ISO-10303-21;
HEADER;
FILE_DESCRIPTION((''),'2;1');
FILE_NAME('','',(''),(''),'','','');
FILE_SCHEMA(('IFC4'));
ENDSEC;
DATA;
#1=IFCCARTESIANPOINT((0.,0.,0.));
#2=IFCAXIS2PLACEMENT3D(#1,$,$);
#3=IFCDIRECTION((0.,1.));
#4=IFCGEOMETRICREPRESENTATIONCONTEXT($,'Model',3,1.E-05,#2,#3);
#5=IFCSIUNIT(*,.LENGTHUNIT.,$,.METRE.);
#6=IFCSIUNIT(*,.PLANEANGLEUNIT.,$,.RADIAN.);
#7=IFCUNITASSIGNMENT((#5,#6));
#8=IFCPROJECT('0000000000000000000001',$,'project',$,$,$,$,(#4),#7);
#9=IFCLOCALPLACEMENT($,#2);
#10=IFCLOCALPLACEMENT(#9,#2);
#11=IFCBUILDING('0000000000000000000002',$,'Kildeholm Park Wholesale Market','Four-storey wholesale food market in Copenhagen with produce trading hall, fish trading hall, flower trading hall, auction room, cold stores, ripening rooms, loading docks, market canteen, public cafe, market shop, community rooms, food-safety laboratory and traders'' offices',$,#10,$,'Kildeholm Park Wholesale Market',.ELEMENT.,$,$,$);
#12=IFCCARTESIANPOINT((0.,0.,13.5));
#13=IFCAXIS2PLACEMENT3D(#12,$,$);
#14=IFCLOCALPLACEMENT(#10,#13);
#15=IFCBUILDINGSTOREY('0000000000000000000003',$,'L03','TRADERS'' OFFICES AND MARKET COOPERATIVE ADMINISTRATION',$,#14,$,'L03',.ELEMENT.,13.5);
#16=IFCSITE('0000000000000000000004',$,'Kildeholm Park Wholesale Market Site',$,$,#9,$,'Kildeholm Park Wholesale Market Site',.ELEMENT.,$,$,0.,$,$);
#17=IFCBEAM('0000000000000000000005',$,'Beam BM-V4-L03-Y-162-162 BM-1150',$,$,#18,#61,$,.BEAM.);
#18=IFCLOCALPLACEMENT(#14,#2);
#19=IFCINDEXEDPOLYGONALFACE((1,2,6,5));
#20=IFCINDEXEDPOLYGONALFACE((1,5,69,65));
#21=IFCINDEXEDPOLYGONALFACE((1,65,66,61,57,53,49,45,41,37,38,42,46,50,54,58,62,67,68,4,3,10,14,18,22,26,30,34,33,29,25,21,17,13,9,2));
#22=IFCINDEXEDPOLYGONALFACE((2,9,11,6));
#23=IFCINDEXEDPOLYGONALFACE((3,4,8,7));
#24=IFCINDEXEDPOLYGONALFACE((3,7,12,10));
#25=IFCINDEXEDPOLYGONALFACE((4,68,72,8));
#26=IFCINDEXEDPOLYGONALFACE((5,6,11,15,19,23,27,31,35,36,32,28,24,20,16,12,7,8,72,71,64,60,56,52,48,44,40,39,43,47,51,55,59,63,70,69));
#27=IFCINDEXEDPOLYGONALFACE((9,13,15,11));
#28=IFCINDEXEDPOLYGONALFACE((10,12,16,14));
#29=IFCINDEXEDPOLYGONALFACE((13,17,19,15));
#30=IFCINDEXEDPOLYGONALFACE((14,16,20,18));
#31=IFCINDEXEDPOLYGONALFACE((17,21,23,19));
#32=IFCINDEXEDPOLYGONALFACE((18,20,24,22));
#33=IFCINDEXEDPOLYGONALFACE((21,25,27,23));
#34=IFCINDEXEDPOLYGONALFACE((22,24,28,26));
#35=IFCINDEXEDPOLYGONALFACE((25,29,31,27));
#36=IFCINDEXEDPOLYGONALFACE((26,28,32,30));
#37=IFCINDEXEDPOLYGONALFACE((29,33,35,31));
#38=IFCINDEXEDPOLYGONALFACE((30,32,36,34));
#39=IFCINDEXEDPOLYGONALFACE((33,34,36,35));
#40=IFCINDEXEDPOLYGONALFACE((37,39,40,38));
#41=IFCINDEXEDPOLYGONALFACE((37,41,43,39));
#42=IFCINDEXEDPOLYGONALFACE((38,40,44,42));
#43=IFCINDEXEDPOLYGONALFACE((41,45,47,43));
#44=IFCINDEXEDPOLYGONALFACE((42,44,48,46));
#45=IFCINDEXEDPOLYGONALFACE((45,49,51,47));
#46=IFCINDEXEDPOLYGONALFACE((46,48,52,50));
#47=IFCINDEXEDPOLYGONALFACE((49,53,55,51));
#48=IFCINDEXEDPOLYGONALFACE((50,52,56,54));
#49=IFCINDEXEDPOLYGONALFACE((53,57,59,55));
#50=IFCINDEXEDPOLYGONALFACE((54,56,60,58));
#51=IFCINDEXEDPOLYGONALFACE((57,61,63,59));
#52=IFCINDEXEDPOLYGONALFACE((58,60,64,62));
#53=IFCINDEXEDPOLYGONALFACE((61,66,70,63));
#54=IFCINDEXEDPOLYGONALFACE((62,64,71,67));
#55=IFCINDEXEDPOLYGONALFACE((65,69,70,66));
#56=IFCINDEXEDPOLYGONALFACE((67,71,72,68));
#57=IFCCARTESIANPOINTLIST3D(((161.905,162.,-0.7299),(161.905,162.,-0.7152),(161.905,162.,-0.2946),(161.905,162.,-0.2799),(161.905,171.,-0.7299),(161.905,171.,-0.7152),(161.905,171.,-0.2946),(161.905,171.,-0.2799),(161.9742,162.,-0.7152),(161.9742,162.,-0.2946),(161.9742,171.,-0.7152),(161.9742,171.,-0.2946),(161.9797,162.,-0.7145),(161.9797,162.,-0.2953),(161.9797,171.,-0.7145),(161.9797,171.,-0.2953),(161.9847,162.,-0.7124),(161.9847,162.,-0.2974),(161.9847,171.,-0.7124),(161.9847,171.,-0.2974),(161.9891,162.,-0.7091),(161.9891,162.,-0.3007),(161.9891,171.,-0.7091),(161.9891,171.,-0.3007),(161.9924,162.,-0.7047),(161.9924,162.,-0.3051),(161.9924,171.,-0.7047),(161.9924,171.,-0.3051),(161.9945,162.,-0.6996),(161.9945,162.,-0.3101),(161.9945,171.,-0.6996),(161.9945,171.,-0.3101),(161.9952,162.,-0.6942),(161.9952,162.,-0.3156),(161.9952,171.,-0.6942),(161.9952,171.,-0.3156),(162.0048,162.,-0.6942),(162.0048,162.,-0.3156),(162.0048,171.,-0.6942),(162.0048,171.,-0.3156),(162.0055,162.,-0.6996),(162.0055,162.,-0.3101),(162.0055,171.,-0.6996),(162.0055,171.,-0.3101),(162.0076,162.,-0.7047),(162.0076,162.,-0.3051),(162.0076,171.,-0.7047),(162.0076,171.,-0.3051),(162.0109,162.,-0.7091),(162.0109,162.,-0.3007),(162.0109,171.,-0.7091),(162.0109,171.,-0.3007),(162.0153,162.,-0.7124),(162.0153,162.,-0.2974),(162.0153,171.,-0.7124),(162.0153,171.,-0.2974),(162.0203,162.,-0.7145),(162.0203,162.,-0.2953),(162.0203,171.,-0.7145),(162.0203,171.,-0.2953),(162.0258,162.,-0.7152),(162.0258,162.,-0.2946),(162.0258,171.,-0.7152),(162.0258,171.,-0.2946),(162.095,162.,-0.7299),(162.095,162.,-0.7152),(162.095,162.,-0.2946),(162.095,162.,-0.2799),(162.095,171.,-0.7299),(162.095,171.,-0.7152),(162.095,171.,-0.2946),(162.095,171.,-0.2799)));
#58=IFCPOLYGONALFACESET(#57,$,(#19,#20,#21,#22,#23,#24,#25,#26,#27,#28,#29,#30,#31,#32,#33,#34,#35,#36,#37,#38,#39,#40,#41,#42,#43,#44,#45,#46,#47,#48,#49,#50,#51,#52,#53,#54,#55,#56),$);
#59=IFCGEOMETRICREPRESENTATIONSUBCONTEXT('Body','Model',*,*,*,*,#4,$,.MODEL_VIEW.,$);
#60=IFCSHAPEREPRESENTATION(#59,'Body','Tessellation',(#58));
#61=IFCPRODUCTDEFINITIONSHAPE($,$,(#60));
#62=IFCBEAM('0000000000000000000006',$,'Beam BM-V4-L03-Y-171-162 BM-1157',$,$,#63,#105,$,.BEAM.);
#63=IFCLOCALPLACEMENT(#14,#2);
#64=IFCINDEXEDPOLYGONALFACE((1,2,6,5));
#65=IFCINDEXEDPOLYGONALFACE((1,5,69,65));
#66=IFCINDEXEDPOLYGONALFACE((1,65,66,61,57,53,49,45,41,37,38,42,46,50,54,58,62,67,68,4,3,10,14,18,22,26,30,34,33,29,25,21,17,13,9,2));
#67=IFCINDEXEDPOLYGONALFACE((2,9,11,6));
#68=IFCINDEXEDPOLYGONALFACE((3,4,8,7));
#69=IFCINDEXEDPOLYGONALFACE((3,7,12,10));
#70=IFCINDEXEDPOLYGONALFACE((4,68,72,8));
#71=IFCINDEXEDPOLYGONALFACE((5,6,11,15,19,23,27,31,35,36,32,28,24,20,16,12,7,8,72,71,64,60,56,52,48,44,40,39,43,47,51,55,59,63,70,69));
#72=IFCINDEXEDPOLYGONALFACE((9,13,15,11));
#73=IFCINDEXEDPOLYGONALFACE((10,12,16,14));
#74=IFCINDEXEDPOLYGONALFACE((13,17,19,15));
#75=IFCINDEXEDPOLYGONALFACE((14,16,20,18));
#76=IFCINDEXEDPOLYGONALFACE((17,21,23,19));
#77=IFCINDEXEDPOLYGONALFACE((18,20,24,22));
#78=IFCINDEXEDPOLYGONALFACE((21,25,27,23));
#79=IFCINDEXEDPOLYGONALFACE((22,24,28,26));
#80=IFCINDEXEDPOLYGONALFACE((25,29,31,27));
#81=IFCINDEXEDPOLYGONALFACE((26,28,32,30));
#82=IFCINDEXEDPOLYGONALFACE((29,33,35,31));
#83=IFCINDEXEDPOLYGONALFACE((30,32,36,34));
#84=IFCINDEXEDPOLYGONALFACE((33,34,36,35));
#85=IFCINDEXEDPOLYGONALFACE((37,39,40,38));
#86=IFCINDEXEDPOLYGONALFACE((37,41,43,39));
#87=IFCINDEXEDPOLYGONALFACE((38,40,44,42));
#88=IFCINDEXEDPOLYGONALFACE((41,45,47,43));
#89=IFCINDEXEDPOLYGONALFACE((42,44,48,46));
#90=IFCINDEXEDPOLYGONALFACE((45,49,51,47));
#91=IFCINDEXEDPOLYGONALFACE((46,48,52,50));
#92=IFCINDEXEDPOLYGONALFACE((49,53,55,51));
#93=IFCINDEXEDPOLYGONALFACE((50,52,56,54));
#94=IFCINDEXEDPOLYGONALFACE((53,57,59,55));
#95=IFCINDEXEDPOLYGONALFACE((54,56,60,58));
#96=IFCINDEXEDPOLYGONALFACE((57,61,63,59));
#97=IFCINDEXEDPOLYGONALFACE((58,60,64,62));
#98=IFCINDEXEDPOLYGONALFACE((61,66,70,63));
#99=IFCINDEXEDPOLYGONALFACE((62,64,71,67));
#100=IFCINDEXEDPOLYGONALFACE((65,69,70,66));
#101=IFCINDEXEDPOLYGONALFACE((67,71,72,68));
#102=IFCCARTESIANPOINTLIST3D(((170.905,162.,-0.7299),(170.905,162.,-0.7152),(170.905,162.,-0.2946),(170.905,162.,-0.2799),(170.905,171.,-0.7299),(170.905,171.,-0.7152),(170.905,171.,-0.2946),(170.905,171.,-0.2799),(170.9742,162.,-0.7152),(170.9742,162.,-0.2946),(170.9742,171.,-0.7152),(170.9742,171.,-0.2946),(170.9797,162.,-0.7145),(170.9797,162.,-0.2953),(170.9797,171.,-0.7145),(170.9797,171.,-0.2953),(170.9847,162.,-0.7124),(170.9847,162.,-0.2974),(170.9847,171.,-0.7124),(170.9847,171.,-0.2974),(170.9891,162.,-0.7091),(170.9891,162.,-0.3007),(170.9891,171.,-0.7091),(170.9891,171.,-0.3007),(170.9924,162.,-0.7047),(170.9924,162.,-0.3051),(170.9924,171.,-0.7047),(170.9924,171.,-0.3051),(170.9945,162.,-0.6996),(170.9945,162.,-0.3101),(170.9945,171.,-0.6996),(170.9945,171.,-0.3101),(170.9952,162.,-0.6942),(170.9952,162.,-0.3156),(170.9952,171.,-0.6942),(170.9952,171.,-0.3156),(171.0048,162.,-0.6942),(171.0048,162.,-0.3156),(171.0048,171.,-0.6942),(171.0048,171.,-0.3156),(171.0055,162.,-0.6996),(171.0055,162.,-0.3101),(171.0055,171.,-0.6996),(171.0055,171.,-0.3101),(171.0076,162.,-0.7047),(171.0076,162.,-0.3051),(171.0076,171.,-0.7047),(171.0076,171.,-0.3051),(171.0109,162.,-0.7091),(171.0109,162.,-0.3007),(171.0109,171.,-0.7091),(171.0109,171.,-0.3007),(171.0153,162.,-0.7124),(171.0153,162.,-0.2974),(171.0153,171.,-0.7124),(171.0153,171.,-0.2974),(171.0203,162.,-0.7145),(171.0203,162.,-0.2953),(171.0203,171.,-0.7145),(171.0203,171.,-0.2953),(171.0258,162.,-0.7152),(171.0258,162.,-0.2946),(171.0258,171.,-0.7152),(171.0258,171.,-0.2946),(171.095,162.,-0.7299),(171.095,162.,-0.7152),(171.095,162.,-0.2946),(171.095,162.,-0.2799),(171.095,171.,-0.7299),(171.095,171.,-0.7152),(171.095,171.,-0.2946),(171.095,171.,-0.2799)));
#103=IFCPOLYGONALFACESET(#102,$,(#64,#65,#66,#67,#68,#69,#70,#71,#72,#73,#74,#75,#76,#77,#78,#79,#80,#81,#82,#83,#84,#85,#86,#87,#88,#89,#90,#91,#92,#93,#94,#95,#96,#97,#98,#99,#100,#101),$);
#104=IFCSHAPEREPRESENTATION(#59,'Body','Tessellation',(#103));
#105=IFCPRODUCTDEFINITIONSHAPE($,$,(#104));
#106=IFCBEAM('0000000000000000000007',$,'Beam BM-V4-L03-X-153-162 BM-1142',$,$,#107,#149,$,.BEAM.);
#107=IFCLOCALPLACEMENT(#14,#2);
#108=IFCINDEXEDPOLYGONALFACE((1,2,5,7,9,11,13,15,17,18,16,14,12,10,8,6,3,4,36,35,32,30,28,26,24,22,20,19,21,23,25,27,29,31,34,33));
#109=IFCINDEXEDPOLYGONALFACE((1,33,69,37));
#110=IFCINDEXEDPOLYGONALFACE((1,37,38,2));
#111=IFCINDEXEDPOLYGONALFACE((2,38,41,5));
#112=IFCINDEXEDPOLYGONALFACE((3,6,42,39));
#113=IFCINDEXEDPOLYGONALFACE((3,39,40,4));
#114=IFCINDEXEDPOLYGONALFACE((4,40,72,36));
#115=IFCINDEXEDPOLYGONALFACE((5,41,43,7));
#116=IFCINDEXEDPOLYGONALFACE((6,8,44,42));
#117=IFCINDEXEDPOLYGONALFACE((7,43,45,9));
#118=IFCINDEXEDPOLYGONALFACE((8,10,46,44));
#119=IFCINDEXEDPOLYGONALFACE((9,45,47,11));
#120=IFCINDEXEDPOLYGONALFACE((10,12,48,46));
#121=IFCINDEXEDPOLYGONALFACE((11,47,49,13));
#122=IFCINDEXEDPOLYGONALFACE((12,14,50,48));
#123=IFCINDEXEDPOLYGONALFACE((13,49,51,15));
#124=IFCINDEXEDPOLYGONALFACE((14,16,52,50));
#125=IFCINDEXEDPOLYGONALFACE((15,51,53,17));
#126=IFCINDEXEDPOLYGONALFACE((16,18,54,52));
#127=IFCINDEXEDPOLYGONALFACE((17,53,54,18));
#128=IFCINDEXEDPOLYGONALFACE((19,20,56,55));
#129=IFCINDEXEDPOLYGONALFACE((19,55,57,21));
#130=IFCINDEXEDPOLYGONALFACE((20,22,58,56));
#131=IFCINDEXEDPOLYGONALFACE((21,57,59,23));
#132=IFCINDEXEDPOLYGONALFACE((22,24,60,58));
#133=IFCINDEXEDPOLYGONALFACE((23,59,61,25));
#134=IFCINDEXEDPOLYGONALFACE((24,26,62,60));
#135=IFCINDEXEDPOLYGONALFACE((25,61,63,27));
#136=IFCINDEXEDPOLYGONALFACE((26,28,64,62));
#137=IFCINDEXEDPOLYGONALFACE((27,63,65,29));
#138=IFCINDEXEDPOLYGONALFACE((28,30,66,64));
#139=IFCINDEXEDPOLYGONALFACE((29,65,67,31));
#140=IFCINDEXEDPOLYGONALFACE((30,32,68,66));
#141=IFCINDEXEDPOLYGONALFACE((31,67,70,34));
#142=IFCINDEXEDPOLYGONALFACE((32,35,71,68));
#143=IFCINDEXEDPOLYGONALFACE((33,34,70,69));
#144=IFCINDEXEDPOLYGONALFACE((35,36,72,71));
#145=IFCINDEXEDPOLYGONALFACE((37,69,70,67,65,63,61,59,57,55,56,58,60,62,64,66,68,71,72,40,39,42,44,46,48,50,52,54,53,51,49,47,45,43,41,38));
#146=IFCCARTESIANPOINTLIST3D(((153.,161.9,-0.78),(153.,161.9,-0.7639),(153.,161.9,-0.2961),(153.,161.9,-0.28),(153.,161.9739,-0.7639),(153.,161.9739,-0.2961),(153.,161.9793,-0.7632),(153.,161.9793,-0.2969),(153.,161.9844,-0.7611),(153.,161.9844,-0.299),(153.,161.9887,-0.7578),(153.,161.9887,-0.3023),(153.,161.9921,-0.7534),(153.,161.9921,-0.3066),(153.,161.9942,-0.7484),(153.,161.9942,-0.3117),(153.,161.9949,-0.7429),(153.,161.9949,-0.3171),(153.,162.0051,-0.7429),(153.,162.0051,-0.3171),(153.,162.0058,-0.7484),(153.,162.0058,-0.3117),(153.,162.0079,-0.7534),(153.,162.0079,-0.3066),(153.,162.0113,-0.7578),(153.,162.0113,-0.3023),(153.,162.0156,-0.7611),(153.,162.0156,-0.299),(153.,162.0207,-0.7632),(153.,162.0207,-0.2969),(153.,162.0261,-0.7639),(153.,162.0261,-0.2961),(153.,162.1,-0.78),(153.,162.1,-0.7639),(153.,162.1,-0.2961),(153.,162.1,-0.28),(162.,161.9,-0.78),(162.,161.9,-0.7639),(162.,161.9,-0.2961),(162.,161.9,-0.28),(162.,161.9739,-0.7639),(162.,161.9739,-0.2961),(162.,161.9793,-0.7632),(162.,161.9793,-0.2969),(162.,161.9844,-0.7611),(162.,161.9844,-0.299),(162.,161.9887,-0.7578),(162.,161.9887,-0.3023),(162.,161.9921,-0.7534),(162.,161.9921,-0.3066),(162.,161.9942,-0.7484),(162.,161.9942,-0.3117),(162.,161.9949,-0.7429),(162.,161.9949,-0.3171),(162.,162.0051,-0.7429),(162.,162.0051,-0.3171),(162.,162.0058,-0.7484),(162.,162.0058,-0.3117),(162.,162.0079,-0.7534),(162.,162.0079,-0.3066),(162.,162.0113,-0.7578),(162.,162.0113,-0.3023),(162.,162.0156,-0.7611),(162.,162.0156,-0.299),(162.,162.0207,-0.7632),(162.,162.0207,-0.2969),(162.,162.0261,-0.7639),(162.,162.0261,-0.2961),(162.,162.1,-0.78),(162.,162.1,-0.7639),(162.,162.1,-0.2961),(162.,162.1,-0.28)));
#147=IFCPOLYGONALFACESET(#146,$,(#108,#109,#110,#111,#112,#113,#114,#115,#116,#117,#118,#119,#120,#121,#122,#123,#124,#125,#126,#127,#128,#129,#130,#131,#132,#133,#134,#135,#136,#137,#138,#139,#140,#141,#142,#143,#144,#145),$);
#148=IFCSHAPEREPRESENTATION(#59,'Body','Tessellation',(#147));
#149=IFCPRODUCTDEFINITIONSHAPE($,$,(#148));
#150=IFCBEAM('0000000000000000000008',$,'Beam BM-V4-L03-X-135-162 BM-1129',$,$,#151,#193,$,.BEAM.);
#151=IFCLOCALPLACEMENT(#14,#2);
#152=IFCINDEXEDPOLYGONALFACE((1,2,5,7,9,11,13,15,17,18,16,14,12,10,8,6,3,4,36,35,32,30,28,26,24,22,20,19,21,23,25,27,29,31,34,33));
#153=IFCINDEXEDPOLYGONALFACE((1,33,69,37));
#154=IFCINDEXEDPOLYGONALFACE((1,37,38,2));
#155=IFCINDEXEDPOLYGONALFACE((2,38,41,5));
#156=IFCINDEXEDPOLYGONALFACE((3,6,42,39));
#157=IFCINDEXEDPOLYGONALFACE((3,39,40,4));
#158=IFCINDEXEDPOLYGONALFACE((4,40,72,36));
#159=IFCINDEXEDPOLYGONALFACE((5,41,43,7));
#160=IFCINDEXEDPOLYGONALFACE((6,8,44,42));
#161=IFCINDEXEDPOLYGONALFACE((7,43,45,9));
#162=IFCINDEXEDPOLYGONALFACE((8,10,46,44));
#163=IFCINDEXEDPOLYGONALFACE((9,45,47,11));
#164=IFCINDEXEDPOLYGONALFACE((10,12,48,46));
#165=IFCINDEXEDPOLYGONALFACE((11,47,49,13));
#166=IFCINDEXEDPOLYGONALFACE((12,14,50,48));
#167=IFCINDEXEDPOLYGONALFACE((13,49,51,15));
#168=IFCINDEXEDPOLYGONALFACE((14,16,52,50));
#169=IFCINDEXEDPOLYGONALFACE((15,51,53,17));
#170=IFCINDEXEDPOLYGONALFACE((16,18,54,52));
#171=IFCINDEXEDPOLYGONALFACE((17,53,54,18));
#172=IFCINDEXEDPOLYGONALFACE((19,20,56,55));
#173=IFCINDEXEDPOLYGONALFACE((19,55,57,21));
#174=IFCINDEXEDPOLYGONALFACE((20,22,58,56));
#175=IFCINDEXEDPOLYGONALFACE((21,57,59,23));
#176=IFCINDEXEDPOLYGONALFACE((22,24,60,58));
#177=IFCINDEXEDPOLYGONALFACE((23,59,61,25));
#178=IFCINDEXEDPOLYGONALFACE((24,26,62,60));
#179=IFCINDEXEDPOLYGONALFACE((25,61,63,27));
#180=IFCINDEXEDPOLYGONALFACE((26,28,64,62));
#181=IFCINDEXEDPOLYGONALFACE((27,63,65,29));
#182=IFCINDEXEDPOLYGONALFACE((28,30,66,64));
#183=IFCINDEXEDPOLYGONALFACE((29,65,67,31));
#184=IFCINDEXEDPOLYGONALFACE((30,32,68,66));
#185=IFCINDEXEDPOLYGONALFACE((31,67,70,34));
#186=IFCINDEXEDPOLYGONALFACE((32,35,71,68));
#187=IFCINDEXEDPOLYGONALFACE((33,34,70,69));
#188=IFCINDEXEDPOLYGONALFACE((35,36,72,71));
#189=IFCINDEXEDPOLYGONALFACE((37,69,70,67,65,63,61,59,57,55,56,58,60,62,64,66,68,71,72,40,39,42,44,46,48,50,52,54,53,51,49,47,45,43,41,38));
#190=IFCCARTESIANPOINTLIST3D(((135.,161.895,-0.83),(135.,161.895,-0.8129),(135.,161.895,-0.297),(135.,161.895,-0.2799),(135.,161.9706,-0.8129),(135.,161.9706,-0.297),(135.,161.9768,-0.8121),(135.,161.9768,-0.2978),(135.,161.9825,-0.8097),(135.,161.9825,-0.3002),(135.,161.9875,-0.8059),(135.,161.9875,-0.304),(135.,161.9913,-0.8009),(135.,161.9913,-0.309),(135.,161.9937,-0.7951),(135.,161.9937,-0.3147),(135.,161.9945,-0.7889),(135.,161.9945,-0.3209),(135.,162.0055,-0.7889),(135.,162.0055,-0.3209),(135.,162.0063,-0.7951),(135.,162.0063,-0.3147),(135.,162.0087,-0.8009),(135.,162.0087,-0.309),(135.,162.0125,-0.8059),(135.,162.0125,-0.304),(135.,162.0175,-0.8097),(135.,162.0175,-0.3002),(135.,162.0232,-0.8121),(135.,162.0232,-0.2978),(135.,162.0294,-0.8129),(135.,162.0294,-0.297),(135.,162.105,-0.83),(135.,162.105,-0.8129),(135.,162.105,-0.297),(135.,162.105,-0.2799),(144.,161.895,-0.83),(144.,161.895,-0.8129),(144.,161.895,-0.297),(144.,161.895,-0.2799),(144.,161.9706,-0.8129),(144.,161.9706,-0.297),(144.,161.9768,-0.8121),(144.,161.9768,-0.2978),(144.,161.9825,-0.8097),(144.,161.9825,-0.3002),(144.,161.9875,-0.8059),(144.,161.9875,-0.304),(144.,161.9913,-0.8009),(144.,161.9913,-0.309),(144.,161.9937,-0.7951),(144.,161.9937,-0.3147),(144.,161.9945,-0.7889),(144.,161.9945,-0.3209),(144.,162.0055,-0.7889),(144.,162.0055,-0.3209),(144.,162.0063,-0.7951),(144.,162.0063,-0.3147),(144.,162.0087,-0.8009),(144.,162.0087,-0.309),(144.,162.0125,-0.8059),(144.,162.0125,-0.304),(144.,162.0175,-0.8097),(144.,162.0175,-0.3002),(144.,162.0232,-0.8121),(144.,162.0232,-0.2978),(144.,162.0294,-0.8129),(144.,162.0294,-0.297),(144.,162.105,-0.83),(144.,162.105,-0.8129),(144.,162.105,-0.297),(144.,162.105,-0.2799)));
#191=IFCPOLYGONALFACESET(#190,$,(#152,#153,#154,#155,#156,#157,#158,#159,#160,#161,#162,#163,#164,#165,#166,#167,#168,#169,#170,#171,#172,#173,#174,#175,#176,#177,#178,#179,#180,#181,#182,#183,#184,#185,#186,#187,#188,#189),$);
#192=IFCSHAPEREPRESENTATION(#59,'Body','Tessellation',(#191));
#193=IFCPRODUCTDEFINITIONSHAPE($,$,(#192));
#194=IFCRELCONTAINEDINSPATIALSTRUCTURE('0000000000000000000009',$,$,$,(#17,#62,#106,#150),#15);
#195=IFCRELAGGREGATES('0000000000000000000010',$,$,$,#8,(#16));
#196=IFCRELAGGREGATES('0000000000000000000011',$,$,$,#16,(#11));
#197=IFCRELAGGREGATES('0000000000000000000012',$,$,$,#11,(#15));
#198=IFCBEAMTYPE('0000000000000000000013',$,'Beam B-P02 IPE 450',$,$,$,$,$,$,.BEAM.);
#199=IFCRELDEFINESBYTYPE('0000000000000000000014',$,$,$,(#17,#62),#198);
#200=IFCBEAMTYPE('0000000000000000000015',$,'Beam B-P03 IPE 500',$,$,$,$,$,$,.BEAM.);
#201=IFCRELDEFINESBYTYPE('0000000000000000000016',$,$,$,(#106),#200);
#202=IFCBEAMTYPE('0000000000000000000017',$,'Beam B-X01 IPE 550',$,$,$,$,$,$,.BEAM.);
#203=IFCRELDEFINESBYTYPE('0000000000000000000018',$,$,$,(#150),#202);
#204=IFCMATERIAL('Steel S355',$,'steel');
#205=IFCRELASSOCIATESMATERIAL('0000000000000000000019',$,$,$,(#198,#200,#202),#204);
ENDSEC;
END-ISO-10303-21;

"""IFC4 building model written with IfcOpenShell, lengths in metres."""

from ifc_helpers import new_model, si_unit, direction, frame, origin, origin_2d, place, context, subcontext, project, spatial, i_section, extrude, material, material_profile, profile_set, type_object, element, save


model = new_model("IFC4")

# Units and contexts
model_context = context("Model", 3, precision=1e-05, world=origin(), true_north=direction((0.0, 1.0)))
body_context = subcontext(model_context, "Body", "Model", "MODEL_VIEW")
ifc_project = project(units=[si_unit("LENGTHUNIT", "METRE"), si_unit("PLANEANGLEUNIT", "RADIAN")], contexts=[model_context])

# Site, building, storey
site_placement = place(None, origin())
site = spatial("IfcSite", under=ifc_project, at=site_placement, Name="Kildeholm Park Wholesale Market Site", LongName="Kildeholm Park Wholesale Market Site", CompositionType="ELEMENT", RefElevation=0.0)
building_placement = place(site_placement, origin())
building = spatial("IfcBuilding", under=site, at=building_placement, Name="Kildeholm Park Wholesale Market", Description="Four-storey wholesale food market in Copenhagen with produce trading hall, fish trading hall, flower trading hall, auction room, cold stores, ripening rooms, loading docks, market canteen, public cafe, market shop, community rooms, food-safety laboratory and traders' offices", LongName="Kildeholm Park Wholesale Market", CompositionType="ELEMENT")
storey_placement = place(building_placement, frame((0.0, 0.0, 13.5)))
storey = spatial("IfcBuildingStorey", under=building, at=storey_placement, Name="L03", Description="TRADERS' OFFICES AND MARKET COOPERATIVE ADMINISTRATION", LongName="L03", CompositionType="ELEMENT", Elevation=13.5)

# Beams
ifc_material_1 = material(Name="Steel S355", Category="steel")
ifc_material_profile_1 = material_profile(ifc_material_1, i_section(OverallWidth=0.1899, OverallDepth=0.45, WebThickness=0.0095, FlangeThickness=0.0146, FilletRadius=0.021, at=origin_2d()), Name="IPE 450")
ifc_profile_set_1 = profile_set([ifc_material_profile_1], Name="Steel S355")
beam_type_1 = type_object("IfcBeamType", Name="Beam B-P02 IPE 450", PredefinedType="BEAM", material=ifc_profile_set_1)
for number, where, z_axis, x_axis, name in (
    (1, (162.0, 162.0, -0.5049), (0.0, 1.0, 0.0), (-1.0, 0.0, 0.0), "Beam BM-V4-L03-Y-162-162 BM-1150"),
    (2, (171.0, 162.0, -0.5049), (0.0, 1.0, 0.0), (-1.0, 0.0, 0.0), "Beam BM-V4-L03-Y-171-162 BM-1157"),
):
    element("IfcBeam", number, at=place(storey_placement, frame(where, z_axis=z_axis, x_axis=x_axis)), inside=storey, type_object=beam_type_1, Name=name, PredefinedType="BEAM", context=body_context, shape_type="SweptSolid", body=[
        extrude(i_section(OverallWidth=0.1899, OverallDepth=0.45, WebThickness=0.0095, FlangeThickness=0.0146, FilletRadius=0.021, at=origin_2d()), origin(), (0.0, 0.0, 1.0), 9.0),
    ])
ifc_material_profile_2 = material_profile(ifc_material_1, i_section(OverallWidth=0.2, OverallDepth=0.5, WebThickness=0.0103, FlangeThickness=0.0161, FilletRadius=0.021, at=origin_2d()), Name="IPE 500")
ifc_profile_set_2 = profile_set([ifc_material_profile_2], Name="Steel S355")
beam_type_2 = type_object("IfcBeamType", Name="Beam B-P03 IPE 500", PredefinedType="BEAM", material=ifc_profile_set_2)
beam_1_placement = place(storey_placement, frame((153.0, 162.0, -0.53), z_axis=(1.0, 0.0, 0.0), x_axis=(0.0, 1.0, 0.0)))
element("IfcBeam", 3, at=beam_1_placement, inside=storey, type_object=beam_type_2, Name="Beam BM-V4-L03-X-153-162 BM-1142", PredefinedType="BEAM", context=body_context, shape_type="SweptSolid", body=[
    extrude(i_section(OverallWidth=0.2, OverallDepth=0.5, WebThickness=0.0103, FlangeThickness=0.0161, FilletRadius=0.021, at=origin_2d()), origin(), (0.0, 0.0, 1.0), 9.0),
])
ifc_material_profile_3 = material_profile(ifc_material_1, i_section(OverallWidth=0.21, OverallDepth=0.55, WebThickness=0.011, FlangeThickness=0.0171, FilletRadius=0.0239, at=origin_2d()), Name="IPE 550")
ifc_profile_set_3 = profile_set([ifc_material_profile_3], Name="Steel S355")
beam_type_3 = type_object("IfcBeamType", Name="Beam B-X01 IPE 550", PredefinedType="BEAM", material=ifc_profile_set_3)
beam_2_placement = place(storey_placement, frame((135.0, 162.0, -0.5549), z_axis=(1.0, 0.0, 0.0), x_axis=(0.0, 1.0, 0.0)))
element("IfcBeam", 4, at=beam_2_placement, inside=storey, type_object=beam_type_3, Name="Beam BM-V4-L03-X-135-162 BM-1129", PredefinedType="BEAM", context=body_context, shape_type="SweptSolid", body=[
    extrude(i_section(OverallWidth=0.21, OverallDepth=0.55, WebThickness=0.011, FlangeThickness=0.0171, FilletRadius=0.0239, at=origin_2d()), origin(), (0.0, 0.0, 1.0), 9.0),
])

save(model, "model.ifc")
